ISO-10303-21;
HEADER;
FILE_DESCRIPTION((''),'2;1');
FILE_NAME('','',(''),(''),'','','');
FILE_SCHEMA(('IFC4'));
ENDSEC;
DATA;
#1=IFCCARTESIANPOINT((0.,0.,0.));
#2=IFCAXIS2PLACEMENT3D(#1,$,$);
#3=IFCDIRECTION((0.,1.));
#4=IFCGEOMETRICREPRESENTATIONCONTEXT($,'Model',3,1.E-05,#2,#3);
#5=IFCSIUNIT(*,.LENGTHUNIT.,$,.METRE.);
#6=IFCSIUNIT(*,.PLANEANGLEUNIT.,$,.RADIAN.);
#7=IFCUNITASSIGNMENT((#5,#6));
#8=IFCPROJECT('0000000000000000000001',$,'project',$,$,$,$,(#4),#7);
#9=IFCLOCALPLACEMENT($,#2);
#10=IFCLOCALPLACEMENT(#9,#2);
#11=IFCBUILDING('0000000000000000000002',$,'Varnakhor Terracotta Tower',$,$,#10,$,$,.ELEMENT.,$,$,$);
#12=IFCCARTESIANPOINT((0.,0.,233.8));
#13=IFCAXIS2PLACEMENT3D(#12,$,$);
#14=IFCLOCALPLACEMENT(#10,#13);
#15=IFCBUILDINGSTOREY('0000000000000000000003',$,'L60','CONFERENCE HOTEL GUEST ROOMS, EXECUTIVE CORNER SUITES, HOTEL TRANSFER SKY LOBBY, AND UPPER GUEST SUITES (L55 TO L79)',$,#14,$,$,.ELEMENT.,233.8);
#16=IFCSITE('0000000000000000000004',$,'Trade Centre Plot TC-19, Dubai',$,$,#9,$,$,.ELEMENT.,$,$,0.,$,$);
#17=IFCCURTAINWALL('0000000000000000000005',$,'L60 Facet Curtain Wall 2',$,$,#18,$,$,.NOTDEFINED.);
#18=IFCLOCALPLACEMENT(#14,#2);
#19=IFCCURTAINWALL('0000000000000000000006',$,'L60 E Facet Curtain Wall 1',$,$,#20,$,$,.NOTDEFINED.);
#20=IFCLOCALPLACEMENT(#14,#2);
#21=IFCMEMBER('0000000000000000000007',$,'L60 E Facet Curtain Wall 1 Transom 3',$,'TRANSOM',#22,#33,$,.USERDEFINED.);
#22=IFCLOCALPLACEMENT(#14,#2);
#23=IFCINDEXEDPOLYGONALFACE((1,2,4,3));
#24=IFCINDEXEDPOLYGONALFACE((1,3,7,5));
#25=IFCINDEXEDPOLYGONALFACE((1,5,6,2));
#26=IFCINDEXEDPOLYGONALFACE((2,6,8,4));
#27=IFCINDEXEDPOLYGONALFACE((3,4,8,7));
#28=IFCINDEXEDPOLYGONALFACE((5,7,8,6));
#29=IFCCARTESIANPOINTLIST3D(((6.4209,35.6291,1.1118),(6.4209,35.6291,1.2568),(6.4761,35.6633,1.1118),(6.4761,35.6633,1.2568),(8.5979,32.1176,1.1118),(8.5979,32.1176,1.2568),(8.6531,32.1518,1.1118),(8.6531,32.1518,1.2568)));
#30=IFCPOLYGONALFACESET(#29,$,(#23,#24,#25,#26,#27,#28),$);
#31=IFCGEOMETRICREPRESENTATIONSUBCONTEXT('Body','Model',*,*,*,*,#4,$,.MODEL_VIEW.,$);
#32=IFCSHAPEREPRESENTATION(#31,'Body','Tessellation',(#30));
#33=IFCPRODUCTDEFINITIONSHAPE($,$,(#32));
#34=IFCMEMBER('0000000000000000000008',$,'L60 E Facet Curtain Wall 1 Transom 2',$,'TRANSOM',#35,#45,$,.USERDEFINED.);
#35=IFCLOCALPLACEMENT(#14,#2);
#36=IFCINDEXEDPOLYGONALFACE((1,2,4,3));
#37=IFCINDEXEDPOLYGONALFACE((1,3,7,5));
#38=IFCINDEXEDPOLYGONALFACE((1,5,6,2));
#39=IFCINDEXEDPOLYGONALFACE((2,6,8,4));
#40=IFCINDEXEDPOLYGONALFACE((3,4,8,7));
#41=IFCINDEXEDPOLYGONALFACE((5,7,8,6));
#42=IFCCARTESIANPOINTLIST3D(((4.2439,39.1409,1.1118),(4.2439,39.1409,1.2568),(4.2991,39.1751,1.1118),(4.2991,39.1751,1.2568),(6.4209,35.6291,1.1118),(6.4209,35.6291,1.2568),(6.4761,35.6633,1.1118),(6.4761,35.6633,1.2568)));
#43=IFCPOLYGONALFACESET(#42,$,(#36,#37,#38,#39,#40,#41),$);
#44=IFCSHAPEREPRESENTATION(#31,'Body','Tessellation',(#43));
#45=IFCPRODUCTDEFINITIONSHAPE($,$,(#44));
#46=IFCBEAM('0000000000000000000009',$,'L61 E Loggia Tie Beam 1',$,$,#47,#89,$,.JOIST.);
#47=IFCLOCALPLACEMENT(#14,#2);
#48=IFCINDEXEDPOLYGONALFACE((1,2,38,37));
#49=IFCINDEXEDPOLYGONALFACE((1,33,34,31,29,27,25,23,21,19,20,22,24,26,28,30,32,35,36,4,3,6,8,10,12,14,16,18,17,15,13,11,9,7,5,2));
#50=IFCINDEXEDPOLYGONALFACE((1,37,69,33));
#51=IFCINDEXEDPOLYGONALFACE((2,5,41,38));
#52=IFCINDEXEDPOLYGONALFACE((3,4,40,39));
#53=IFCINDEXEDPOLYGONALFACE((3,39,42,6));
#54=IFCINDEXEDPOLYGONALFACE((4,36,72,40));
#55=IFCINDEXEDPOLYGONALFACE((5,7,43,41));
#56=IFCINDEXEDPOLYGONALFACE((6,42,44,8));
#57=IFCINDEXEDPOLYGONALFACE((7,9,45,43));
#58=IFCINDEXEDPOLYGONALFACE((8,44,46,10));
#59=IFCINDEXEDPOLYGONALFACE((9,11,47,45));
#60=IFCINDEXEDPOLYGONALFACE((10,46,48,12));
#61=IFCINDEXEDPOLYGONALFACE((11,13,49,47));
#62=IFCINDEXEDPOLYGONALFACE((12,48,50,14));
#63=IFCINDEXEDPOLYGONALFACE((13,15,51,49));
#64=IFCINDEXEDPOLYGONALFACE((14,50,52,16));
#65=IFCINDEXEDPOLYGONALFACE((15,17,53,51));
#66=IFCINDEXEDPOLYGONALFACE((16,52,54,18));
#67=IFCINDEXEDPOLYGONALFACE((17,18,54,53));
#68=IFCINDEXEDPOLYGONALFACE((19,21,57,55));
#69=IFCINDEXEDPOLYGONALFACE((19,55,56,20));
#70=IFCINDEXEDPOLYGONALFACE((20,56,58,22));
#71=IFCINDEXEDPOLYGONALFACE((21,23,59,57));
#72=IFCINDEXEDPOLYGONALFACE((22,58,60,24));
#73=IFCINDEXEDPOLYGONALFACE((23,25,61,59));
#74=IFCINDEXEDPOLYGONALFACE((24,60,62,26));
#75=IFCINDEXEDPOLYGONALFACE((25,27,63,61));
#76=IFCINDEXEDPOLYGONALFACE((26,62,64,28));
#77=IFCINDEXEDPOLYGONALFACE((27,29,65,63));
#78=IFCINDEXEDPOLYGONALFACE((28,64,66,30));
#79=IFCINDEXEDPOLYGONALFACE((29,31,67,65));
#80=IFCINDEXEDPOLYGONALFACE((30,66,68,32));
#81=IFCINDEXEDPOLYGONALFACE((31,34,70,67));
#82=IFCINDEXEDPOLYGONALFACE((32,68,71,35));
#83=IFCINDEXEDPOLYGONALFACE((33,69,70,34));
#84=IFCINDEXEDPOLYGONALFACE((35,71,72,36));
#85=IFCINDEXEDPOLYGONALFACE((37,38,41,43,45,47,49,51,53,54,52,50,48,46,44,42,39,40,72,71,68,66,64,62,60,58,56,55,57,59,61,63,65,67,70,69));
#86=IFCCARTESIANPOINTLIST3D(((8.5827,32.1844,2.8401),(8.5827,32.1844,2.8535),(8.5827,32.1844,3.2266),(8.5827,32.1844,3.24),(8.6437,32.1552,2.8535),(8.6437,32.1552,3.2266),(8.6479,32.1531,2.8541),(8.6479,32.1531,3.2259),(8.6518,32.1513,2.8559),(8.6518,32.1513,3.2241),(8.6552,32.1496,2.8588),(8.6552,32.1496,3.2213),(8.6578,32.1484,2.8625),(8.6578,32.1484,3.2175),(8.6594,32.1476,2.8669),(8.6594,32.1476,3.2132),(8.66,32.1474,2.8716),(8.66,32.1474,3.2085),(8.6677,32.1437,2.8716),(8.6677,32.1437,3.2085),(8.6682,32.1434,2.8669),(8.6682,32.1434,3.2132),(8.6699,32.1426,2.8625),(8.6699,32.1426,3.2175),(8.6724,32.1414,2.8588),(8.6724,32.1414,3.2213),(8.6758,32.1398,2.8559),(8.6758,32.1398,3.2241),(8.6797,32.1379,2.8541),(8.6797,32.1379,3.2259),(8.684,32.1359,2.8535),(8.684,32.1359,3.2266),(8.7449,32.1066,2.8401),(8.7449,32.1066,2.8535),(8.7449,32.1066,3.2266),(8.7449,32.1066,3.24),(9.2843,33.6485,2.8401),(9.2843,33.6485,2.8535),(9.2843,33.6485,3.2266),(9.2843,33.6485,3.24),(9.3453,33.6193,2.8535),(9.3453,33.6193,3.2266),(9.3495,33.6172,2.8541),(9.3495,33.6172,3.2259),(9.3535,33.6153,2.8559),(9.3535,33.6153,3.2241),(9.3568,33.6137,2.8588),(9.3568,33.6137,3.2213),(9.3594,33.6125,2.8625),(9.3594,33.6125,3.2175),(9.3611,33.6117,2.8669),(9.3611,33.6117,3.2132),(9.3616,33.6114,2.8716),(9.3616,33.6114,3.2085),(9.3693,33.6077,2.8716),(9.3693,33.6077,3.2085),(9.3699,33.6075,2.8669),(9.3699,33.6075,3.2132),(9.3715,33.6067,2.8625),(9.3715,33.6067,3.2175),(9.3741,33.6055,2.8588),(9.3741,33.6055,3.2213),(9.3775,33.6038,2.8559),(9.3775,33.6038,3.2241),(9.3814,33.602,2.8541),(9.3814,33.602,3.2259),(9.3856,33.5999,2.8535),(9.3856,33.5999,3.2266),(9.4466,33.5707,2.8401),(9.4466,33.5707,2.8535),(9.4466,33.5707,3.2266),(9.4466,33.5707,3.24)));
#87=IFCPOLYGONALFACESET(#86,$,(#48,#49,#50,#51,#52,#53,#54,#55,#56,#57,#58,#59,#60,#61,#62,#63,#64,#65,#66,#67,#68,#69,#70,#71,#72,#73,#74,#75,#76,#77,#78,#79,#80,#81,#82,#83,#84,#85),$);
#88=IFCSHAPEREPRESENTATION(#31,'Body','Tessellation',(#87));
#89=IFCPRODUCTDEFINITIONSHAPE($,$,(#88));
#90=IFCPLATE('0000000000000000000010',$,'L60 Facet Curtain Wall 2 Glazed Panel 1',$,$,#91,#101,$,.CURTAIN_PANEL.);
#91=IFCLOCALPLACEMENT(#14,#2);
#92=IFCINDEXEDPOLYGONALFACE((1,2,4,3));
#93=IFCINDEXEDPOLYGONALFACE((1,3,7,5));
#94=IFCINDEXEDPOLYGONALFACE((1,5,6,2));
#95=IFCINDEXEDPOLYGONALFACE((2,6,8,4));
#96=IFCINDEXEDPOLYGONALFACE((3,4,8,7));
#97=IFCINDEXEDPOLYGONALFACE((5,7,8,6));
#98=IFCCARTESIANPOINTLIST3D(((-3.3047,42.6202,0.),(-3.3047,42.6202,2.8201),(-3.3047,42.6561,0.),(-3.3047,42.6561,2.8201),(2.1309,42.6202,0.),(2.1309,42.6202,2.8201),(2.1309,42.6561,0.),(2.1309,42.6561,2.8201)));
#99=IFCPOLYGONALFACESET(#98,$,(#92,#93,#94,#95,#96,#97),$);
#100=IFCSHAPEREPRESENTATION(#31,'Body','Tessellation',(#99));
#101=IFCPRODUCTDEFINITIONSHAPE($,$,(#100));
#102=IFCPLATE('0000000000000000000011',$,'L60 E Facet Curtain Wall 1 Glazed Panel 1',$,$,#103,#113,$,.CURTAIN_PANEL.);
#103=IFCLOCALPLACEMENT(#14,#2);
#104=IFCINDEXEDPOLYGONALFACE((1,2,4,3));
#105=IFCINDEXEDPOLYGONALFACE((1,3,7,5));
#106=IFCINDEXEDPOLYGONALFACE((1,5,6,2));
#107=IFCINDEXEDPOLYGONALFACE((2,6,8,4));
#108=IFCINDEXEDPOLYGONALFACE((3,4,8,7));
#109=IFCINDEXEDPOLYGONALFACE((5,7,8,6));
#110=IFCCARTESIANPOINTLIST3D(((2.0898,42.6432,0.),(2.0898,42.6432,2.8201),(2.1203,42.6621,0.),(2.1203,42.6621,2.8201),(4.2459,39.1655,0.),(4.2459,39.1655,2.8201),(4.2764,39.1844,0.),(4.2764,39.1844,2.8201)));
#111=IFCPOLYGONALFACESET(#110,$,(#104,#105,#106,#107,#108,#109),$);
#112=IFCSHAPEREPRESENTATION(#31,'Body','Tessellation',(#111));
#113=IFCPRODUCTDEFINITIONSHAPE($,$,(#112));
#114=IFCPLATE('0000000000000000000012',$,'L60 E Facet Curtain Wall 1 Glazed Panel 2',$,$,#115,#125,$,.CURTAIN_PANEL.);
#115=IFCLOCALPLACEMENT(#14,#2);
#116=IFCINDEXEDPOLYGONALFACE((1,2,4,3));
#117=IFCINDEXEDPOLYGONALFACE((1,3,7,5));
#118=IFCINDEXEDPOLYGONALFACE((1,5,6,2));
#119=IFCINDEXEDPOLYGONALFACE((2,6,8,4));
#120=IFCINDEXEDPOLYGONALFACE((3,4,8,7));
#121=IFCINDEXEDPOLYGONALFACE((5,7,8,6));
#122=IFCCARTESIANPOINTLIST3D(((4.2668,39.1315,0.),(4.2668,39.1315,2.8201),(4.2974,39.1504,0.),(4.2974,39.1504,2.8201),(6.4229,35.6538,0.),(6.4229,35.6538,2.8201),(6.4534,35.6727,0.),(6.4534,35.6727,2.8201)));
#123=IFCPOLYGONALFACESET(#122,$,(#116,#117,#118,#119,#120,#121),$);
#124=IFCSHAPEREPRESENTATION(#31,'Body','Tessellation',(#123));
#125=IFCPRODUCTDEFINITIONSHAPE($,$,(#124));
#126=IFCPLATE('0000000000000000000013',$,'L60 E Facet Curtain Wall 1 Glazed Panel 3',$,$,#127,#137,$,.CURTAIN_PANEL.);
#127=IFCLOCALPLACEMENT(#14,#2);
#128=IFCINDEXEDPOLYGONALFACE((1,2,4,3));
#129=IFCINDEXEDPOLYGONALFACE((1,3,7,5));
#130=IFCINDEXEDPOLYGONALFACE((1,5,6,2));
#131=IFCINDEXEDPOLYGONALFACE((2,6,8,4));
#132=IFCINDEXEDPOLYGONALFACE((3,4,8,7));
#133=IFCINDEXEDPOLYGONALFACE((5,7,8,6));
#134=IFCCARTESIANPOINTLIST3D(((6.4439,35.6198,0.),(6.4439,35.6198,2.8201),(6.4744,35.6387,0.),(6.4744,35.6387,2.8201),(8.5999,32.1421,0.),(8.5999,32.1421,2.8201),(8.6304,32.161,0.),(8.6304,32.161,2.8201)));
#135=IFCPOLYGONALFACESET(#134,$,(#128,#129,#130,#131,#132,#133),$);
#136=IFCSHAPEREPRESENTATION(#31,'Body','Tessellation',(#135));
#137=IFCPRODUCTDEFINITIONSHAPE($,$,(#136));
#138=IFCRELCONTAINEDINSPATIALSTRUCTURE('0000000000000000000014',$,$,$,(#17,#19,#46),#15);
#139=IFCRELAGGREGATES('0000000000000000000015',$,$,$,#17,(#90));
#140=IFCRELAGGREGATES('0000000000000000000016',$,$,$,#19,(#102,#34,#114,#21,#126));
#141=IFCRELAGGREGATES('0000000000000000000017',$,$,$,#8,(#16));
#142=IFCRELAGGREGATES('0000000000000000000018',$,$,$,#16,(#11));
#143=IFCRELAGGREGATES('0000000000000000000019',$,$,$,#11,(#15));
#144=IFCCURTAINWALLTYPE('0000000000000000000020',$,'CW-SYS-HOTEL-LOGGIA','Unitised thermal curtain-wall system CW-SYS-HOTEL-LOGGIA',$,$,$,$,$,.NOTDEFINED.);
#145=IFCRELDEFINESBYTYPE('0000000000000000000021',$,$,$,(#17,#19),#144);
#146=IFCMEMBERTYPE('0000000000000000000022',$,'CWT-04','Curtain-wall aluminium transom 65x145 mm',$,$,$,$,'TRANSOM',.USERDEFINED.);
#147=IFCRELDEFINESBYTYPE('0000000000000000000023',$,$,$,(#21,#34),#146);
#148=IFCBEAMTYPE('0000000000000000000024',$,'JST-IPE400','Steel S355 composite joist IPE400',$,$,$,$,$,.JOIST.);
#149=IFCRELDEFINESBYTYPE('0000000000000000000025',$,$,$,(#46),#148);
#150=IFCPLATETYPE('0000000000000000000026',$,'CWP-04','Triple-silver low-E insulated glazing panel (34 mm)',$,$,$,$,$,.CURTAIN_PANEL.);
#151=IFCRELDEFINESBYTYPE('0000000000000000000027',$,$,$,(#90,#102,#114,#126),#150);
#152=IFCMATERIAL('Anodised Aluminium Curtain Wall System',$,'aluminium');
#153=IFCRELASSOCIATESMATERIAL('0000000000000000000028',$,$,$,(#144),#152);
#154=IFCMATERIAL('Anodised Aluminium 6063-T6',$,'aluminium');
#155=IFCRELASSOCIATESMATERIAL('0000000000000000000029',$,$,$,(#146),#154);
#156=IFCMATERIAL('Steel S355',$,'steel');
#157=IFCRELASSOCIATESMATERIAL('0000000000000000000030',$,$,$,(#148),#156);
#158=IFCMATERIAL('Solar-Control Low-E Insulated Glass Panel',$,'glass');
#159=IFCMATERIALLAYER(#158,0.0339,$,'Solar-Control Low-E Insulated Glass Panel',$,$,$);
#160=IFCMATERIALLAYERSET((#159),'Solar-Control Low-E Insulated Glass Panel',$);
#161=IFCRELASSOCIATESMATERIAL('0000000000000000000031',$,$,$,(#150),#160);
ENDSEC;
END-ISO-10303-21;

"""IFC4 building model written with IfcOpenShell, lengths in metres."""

from ifc_helpers import new_model, si_unit, direction, frame, origin, origin_2d, place, context, subcontext, project, spatial, rectangle, i_section, extrude, source, transform, mapped, material, layer, layer_set, material_profile, profile_set, type_object, element, aggregate, save


model = new_model("IFC4")

# Units and contexts
model_context = context("Model", 3, precision=1e-05, world=origin(), true_north=direction((0.0, 1.0)))
body_context = subcontext(model_context, "Body", "Model", "MODEL_VIEW")
ifc_project = project(units=[si_unit("LENGTHUNIT", "METRE"), si_unit("PLANEANGLEUNIT", "RADIAN")], contexts=[model_context])

# Site, building, storey
site_placement = place(None, origin())
site = spatial("IfcSite", under=ifc_project, at=site_placement, Name="Trade Centre Plot TC-19, Dubai", CompositionType="ELEMENT", RefElevation=0.0)
building_placement = place(site_placement, origin())
building = spatial("IfcBuilding", under=site, at=building_placement, Name="Varnakhor Terracotta Tower", CompositionType="ELEMENT")
storey_placement = place(building_placement, frame((0.0, 0.0, 233.8)))
storey = spatial("IfcBuildingStorey", under=building, at=storey_placement, Name="L60", Description="CONFERENCE HOTEL GUEST ROOMS, EXECUTIVE CORNER SUITES, HOTEL TRANSFER SKY LOBBY, AND UPPER GUEST SUITES (L55 TO L79)", CompositionType="ELEMENT", Elevation=233.8)

# Shared definitions
ifc_material_1 = material(Name="Steel S355", Category="steel")

# Curtain wall
ifc_material_2 = material(Name="Anodised Aluminium Curtain Wall System", Category="aluminium")
curtain_wall_type = type_object("IfcCurtainWallType", Name="CW-SYS-HOTEL-LOGGIA", Description="Unitised thermal curtain-wall system CW-SYS-HOTEL-LOGGIA", PredefinedType="NOTDEFINED", material=ifc_material_2)
curtain_wall_1_placement = place(storey_placement, origin())
curtain_wall_1 = element("IfcCurtainWall", 1, at=curtain_wall_1_placement, inside=storey, type_object=curtain_wall_type, Name="L60 Facet Curtain Wall 2", PredefinedType="NOTDEFINED")
ifc_material_3 = material(Name="Anodised Aluminium 6063-T6", Category="aluminium")

# Curtain wall
curtain_wall_2_placement = place(storey_placement, origin())
curtain_wall_2 = element("IfcCurtainWall", 2, at=curtain_wall_2_placement, inside=storey, type_object=curtain_wall_type, Name="L60 E Facet Curtain Wall 1", PredefinedType="NOTDEFINED")

# Members
ifc_material_profile_1 = material_profile(ifc_material_3, rectangle(XDim=0.0649, YDim=0.145, at=origin_2d()), Name="ALU TRANSOM 65x145")
ifc_profile_set_1 = profile_set([ifc_material_profile_1], Name="Anodised Aluminium 6063-T6")
member_type_1 = type_object("IfcMemberType", Name="CWT-04", Description="Curtain-wall aluminium transom 65x145 mm", ElementType="TRANSOM", PredefinedType="USERDEFINED", material=ifc_profile_set_1)
shared_shape_1 = source(origin(), body_context, "Body", "SweptSolid", [
    extrude(rectangle(XDim=0.0649, YDim=0.145, at=origin_2d()), origin(), (0.0, 0.0, 1.0), 4.1316),
])
member_1_placement = place(storey_placement, frame((6.4485, 35.6462, 1.1843), z_axis=(0.52692, -0.849915, 0.0), x_axis=(0.849915, 0.52692, 0.0)))
member_1 = element("IfcMember", 3, at=member_1_placement, type_object=member_type_1, Name="L60 E Facet Curtain Wall 1 Transom 3", ObjectType="TRANSOM", PredefinedType="USERDEFINED", context=body_context, shape_type="MappedRepresentation", body=[
    mapped(shared_shape_1, transform((0.0, 0.0, 0.0), scale=1.0)),
])
shared_shape_2 = source(origin(), body_context, "Body", "SweptSolid", [
    extrude(rectangle(XDim=0.0649, YDim=0.145, at=origin_2d()), origin(), (0.0, 0.0, 1.0), 4.1318),
])
member_2_placement = place(storey_placement, frame((4.2715, 39.158, 1.1843), z_axis=(0.526894, -0.849931, 0.0), x_axis=(0.849931, 0.526894, 0.0)))
member_2 = element("IfcMember", 4, at=member_2_placement, type_object=member_type_1, Name="L60 E Facet Curtain Wall 1 Transom 2", ObjectType="TRANSOM", PredefinedType="USERDEFINED", context=body_context, shape_type="MappedRepresentation", body=[
    mapped(shared_shape_2, transform((0.0, 0.0, 0.0), scale=1.0)),
])

# Beam
ifc_material_profile_2 = material_profile(ifc_material_1, i_section(OverallWidth=0.1799, OverallDepth=0.3999, WebThickness=0.0085, FlangeThickness=0.0134, FilletRadius=0.0181, at=origin_2d()), Name="IPE400")
ifc_profile_set_2 = profile_set([ifc_material_profile_2], Name="Steel S355")
beam_type_1 = type_object("IfcBeamType", Name="JST-IPE400", Description="Steel S355 composite joist IPE400", PredefinedType="JOIST", material=ifc_profile_set_2)
shared_shape_3 = source(origin(), body_context, "Body", "SweptSolid", [
    extrude(i_section(OverallWidth=0.1799, OverallDepth=0.3999, WebThickness=0.0085, FlangeThickness=0.0134, FilletRadius=0.0181, at=origin_2d()), origin(), (0.0, 0.0, 1.0), 1.6235),
])
beam_1_placement = place(storey_placement, frame((8.6638, 32.1455, 3.04), z_axis=(0.432174, 0.90179, 0.0), x_axis=(-0.90179, 0.432174, 0.0)))
element("IfcBeam", 5, at=beam_1_placement, inside=storey, type_object=beam_type_1, Name="L61 E Loggia Tie Beam 1", PredefinedType="JOIST", context=body_context, shape_type="MappedRepresentation", body=[
    mapped(shared_shape_3, transform((0.0, 0.0, 0.0), scale=1.0)),
])

# Plates
ifc_material_4 = material(Name="Solar-Control Low-E Insulated Glass Panel", Category="glass")
ifc_layer_1 = layer(ifc_material_4, 0.0339, Name="Solar-Control Low-E Insulated Glass Panel")
ifc_layer_set_1 = layer_set([ifc_layer_1], Name="Solar-Control Low-E Insulated Glass Panel")
plate_type = type_object("IfcPlateType", Name="CWP-04", Description="Triple-silver low-E insulated glazing panel (34 mm)", PredefinedType="CURTAIN_PANEL", material=ifc_layer_set_1)
shared_shape_4 = source(origin(), body_context, "Body", "SweptSolid", [
    extrude(rectangle(XDim=5.4355, YDim=0.0359, at=origin_2d()), origin(), (0.0, 0.0, 1.0), 2.8201),
])
plate_1_placement = place(storey_placement, frame((-0.5869, 42.6382, 0.0), z_axis=(0.0, 0.0, 1.0), x_axis=(1.0, 0.0, 0.0)))
plate_1 = element("IfcPlate", 6, at=plate_1_placement, type_object=plate_type, Name="L60 Facet Curtain Wall 2 Glazed Panel 1", PredefinedType="CURTAIN_PANEL", context=body_context, shape_type="MappedRepresentation", body=[
    mapped(shared_shape_4, transform((0.0, 0.0, 0.0), scale=1.0)),
])
aggregate(curtain_wall_1, [plate_1])
shared_shape_5 = source(origin(), body_context, "Body", "SweptSolid", [
    extrude(rectangle(XDim=4.0918, YDim=0.0359, at=origin_2d()), origin(), (0.0, 0.0, 1.0), 2.8201),
])
plate_2_placement = place(storey_placement, frame((3.1831, 40.9138, 0.0), z_axis=(0.0, 0.0, 1.0), x_axis=(0.526911, -0.84992, 0.0)))
plate_2 = element("IfcPlate", 7, at=plate_2_placement, type_object=plate_type, Name="L60 E Facet Curtain Wall 1 Glazed Panel 1", PredefinedType="CURTAIN_PANEL", context=body_context, shape_type="MappedRepresentation", body=[
    mapped(shared_shape_5, transform((0.0, 0.0, 0.0), scale=1.0)),
])
plate_3_placement = place(storey_placement, frame((5.3601, 37.4021, 0.0), z_axis=(0.0, 0.0, 1.0), x_axis=(0.526911, -0.84992, 0.0)))
plate_3 = element("IfcPlate", 8, at=plate_3_placement, type_object=plate_type, Name="L60 E Facet Curtain Wall 1 Glazed Panel 2", PredefinedType="CURTAIN_PANEL", context=body_context, shape_type="MappedRepresentation", body=[
    mapped(shared_shape_5, transform((0.0, 0.0, 0.0), scale=1.0)),
])
plate_4_placement = place(storey_placement, frame((7.5371, 33.8904, 0.0), z_axis=(0.0, 0.0, 1.0), x_axis=(0.526911, -0.84992, 0.0)))
plate_4 = element("IfcPlate", 9, at=plate_4_placement, type_object=plate_type, Name="L60 E Facet Curtain Wall 1 Glazed Panel 3", PredefinedType="CURTAIN_PANEL", context=body_context, shape_type="MappedRepresentation", body=[
    mapped(shared_shape_5, transform((0.0, 0.0, 0.0), scale=1.0)),
])
aggregate(curtain_wall_2, [plate_2, member_2, plate_3, member_1, plate_4])

save(model, "model.ifc")
